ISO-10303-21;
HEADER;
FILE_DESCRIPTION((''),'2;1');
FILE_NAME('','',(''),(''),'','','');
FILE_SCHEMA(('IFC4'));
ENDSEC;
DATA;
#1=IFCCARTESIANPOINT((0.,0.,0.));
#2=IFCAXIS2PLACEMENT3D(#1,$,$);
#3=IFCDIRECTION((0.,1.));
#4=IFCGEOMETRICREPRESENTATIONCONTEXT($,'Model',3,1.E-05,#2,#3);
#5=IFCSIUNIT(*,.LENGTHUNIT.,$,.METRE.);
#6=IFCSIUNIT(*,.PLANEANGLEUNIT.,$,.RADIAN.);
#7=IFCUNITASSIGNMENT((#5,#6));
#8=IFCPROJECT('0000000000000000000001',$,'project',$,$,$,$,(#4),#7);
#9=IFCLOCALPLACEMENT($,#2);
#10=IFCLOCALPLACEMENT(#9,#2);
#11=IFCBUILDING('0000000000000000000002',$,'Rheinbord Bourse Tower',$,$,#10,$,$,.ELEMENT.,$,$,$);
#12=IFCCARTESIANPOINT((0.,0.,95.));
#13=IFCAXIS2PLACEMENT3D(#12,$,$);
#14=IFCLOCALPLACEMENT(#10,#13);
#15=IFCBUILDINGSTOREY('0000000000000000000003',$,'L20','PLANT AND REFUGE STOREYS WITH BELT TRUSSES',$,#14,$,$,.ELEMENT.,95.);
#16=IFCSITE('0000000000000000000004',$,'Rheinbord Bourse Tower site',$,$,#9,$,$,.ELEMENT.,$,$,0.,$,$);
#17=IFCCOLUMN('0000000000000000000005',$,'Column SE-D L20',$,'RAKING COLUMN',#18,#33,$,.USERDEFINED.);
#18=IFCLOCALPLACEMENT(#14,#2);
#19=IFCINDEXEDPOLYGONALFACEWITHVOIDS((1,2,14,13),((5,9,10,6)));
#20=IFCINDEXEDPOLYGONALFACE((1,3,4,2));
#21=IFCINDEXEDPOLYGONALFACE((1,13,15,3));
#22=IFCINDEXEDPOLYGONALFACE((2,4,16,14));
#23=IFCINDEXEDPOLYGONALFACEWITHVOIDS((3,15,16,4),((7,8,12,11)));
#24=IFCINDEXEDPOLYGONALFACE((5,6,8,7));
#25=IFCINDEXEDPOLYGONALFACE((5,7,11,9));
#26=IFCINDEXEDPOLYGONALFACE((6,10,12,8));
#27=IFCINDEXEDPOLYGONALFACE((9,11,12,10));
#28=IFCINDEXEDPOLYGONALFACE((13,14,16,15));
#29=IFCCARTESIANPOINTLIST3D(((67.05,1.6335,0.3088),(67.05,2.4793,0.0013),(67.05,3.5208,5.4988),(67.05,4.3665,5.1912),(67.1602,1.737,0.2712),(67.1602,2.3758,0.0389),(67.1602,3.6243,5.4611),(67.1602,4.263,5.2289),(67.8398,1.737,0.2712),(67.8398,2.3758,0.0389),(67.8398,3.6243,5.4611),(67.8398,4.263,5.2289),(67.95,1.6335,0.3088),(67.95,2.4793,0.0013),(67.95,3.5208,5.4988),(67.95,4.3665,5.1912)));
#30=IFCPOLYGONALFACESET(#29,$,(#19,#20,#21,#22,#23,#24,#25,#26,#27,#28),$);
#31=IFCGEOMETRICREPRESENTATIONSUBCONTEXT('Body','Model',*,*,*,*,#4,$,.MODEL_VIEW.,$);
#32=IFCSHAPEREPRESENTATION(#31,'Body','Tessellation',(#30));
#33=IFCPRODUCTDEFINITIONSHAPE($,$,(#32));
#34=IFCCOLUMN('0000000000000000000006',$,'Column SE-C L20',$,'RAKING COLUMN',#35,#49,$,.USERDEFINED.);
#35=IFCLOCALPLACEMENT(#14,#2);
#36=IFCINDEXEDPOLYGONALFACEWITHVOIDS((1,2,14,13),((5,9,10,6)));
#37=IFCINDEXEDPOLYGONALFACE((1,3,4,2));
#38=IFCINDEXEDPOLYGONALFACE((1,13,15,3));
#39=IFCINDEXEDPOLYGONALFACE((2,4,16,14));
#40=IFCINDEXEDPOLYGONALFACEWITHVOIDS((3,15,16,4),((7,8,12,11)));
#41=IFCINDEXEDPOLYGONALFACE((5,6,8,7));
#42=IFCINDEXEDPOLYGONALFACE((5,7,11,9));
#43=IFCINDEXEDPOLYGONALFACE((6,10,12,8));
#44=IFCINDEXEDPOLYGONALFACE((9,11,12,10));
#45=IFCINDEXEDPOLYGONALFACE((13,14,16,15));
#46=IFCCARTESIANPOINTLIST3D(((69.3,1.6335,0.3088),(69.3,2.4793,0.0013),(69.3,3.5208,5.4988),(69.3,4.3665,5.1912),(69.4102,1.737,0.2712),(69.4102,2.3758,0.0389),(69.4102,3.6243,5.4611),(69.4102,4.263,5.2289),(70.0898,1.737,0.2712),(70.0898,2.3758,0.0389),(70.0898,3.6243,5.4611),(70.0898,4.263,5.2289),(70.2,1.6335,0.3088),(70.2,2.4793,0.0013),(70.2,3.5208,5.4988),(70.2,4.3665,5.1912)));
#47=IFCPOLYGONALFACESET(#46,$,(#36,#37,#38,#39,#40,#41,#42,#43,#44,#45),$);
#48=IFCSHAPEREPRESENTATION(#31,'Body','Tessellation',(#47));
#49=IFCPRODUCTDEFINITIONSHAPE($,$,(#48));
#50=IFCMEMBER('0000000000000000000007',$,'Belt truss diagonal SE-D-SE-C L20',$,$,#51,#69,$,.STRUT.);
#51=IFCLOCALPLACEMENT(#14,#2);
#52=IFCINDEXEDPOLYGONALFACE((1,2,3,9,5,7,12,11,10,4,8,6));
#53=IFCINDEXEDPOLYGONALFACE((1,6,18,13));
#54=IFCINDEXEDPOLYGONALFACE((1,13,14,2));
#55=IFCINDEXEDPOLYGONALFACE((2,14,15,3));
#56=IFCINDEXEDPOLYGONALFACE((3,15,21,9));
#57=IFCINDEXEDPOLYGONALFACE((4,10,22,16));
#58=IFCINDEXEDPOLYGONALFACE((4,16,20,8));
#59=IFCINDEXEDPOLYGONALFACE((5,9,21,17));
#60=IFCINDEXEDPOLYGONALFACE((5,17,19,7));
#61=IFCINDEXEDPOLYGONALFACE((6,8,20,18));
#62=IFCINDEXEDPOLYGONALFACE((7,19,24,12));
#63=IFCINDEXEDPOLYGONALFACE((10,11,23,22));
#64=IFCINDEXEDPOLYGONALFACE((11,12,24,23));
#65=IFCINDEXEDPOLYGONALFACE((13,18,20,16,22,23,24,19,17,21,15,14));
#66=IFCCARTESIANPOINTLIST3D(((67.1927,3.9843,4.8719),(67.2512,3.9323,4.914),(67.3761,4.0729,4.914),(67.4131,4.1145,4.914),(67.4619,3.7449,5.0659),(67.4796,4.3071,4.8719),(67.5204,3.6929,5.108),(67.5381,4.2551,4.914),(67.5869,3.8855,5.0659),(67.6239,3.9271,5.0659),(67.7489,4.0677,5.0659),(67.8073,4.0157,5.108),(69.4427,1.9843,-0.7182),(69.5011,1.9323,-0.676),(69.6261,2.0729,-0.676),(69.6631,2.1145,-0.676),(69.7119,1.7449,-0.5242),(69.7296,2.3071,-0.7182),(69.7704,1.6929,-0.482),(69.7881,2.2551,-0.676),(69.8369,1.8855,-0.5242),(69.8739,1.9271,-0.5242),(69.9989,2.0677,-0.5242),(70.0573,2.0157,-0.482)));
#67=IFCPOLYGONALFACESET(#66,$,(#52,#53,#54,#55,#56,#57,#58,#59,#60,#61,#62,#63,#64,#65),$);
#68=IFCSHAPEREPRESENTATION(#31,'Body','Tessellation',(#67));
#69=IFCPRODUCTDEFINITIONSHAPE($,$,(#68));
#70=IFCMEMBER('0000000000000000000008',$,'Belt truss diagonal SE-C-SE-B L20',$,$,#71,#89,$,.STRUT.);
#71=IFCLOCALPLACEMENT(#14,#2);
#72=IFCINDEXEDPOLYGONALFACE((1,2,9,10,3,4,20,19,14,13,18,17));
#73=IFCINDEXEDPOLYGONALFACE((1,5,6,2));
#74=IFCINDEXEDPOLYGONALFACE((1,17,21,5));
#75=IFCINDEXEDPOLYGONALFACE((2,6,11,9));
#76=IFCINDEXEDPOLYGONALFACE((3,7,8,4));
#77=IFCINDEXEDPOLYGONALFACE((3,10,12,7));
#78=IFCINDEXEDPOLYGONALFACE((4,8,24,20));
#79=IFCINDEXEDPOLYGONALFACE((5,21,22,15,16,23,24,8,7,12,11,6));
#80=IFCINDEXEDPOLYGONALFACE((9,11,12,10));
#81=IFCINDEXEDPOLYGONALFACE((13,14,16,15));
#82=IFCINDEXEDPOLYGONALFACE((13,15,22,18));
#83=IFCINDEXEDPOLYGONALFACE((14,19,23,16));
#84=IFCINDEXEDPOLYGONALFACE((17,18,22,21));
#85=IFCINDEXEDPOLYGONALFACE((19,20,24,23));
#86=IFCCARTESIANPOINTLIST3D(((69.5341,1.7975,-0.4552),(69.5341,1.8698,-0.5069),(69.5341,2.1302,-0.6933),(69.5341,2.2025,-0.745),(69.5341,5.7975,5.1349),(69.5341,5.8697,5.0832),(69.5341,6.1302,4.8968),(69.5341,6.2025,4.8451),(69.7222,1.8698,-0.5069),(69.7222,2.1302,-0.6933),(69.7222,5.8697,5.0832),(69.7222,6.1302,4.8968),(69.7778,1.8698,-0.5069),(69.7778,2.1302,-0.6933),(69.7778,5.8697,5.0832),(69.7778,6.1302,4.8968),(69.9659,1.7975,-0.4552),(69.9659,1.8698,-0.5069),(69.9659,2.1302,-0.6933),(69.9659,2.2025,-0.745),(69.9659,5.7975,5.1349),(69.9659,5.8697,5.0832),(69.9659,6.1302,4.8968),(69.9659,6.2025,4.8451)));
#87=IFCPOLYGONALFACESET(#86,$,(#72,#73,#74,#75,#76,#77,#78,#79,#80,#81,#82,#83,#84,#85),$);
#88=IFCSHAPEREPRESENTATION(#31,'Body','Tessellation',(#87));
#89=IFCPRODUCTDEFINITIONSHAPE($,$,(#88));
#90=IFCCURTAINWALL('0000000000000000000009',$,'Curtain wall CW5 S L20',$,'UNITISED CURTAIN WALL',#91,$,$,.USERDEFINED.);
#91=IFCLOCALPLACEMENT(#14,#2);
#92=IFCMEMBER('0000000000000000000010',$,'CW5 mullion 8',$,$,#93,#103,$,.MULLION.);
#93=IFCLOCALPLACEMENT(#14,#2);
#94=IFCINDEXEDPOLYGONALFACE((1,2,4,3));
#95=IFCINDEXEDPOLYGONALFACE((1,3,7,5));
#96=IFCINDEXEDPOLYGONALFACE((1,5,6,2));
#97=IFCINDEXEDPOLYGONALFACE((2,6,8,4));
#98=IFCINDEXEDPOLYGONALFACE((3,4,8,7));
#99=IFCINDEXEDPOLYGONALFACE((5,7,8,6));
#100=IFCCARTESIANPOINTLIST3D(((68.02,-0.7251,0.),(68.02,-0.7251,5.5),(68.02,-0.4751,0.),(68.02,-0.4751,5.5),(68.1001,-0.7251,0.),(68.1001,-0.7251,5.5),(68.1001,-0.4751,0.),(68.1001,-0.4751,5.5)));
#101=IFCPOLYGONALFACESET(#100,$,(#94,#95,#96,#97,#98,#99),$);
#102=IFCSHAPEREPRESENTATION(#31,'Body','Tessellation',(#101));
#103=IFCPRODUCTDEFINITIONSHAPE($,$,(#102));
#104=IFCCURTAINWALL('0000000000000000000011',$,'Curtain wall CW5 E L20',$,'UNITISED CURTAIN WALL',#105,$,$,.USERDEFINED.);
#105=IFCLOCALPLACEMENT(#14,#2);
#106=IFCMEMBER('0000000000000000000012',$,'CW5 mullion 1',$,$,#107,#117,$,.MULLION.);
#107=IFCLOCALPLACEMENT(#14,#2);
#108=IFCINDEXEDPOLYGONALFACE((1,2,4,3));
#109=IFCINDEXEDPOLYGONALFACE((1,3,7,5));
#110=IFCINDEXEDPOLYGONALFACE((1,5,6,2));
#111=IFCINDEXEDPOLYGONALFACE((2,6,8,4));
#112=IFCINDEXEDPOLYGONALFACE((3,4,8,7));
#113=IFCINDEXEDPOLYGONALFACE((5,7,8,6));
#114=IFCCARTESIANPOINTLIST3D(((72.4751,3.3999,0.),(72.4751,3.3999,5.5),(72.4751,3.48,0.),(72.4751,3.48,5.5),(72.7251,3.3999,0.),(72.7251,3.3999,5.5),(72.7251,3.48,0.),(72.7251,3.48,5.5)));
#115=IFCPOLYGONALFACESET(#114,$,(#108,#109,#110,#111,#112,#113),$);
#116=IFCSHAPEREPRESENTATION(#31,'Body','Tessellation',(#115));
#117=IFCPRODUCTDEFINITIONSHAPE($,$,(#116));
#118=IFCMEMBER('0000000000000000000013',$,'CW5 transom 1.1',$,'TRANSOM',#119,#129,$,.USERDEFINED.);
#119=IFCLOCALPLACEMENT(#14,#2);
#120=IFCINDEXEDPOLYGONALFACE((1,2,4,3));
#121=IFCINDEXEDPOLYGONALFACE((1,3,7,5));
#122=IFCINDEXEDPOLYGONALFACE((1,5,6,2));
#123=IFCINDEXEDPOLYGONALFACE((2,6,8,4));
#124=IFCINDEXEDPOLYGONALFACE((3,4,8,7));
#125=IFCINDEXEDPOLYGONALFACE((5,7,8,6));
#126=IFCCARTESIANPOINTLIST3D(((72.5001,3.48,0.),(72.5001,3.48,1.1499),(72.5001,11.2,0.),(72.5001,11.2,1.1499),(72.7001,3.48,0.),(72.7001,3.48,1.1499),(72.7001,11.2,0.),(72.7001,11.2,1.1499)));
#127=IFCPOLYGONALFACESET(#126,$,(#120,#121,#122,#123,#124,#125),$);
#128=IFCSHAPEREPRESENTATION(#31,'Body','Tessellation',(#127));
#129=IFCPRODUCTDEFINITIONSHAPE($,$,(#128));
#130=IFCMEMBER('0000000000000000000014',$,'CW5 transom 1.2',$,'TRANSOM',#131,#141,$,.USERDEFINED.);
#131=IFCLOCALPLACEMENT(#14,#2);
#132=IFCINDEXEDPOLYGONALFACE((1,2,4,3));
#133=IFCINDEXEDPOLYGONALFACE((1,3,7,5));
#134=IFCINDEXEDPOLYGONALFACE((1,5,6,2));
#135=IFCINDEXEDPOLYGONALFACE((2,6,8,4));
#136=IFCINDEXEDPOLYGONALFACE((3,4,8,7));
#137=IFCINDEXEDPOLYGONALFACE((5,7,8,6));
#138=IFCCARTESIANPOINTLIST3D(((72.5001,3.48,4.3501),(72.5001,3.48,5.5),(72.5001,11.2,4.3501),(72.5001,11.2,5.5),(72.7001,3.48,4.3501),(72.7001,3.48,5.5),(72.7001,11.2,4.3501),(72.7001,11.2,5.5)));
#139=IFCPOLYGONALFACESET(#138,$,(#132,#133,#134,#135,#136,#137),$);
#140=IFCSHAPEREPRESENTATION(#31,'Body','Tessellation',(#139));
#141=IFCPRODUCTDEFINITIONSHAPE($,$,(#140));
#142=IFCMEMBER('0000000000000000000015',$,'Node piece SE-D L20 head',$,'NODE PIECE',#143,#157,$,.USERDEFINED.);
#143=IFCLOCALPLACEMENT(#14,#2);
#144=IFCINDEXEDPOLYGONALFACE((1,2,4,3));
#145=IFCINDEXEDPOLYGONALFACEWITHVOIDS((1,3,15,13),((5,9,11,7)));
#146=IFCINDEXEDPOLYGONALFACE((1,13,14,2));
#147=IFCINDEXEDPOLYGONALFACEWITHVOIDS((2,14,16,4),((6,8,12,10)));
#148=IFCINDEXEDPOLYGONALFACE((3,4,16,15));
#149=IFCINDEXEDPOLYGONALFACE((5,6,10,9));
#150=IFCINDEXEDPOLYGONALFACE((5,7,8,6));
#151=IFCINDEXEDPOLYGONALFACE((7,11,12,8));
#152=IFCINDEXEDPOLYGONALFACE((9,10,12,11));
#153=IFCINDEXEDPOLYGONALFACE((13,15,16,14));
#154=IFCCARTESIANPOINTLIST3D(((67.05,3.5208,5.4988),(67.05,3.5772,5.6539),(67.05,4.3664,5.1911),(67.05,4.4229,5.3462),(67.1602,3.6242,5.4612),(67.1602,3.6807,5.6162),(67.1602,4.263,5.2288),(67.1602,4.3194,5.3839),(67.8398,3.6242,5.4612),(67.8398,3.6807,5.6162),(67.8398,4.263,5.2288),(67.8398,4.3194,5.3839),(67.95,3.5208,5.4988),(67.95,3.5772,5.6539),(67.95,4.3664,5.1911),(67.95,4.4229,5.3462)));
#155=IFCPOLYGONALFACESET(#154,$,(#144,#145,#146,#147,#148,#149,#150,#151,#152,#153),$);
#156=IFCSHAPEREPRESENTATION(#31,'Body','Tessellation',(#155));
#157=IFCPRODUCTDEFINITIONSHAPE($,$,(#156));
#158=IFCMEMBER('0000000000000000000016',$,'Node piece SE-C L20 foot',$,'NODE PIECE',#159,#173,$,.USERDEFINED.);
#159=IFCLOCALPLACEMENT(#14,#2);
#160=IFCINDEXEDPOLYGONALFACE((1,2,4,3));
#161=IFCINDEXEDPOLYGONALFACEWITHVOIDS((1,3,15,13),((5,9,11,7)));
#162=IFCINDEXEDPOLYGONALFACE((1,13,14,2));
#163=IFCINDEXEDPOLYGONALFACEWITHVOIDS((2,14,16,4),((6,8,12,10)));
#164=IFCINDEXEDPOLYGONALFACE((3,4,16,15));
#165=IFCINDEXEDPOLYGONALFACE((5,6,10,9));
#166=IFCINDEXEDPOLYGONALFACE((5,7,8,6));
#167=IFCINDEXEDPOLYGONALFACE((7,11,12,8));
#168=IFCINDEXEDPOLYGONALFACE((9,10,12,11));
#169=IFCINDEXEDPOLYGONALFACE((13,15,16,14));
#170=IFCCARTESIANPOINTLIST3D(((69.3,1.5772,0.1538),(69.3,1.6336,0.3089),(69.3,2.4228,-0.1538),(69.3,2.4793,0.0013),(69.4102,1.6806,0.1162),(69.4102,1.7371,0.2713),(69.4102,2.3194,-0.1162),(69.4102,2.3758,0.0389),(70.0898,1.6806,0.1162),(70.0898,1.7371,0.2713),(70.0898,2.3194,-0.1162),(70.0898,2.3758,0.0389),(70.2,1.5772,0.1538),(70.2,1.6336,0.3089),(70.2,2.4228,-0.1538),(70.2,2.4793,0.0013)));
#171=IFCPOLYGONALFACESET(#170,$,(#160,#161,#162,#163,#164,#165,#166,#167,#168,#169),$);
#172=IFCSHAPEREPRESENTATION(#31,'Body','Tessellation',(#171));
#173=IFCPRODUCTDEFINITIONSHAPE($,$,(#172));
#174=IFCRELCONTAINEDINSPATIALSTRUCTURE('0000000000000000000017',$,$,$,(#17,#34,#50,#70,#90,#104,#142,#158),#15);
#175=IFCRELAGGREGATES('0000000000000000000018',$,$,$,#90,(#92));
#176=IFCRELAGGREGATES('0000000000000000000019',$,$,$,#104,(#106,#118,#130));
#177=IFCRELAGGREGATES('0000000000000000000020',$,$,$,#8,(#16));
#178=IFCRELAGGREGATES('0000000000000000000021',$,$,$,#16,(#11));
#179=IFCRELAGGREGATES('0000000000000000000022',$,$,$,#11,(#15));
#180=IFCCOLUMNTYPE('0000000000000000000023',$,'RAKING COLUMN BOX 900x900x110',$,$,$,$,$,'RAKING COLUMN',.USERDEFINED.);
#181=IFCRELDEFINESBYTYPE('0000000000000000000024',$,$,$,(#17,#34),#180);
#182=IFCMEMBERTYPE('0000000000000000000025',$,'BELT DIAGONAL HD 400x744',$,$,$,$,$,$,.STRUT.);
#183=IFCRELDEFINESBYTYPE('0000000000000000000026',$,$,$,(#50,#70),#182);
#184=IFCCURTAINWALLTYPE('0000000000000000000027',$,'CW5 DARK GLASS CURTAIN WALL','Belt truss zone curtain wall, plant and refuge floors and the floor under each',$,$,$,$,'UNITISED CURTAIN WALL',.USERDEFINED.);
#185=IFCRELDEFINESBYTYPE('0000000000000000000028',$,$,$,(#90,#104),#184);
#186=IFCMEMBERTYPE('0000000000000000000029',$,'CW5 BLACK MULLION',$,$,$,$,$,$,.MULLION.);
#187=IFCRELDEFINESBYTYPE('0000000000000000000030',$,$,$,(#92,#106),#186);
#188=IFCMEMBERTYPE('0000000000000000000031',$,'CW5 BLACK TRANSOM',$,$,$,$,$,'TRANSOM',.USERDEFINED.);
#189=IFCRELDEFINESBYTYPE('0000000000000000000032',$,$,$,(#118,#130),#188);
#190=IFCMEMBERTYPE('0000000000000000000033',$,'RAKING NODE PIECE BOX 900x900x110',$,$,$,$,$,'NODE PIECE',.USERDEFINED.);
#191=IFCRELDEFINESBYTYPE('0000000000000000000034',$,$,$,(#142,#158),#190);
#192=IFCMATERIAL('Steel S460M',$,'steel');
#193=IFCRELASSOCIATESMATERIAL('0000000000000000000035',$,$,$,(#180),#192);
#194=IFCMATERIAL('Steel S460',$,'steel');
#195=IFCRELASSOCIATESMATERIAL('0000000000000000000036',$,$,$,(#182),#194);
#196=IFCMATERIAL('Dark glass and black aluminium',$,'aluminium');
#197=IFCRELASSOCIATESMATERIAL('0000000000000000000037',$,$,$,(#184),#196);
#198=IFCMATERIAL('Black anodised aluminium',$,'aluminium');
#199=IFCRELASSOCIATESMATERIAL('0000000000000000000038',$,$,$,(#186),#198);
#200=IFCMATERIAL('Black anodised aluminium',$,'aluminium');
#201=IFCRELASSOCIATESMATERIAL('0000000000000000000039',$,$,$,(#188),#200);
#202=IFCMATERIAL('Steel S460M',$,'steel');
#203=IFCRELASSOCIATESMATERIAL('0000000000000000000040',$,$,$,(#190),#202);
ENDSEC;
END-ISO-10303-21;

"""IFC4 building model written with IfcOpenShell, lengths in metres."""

from ifc_helpers import new_model, si_unit, direction, frame, origin, origin_2d, place, context, subcontext, project, spatial, rectangle, hollow_rectangle, i_section, extrude, material, material_profile, profile_set, type_object, element, aggregate, save


model = new_model("IFC4")

# Units and contexts
model_context = context("Model", 3, precision=1e-05, world=origin(), true_north=direction((0.0, 1.0)))
body_context = subcontext(model_context, "Body", "Model", "MODEL_VIEW")
ifc_project = project(units=[si_unit("LENGTHUNIT", "METRE"), si_unit("PLANEANGLEUNIT", "RADIAN")], contexts=[model_context])

# Site, building, storey
site_placement = place(None, origin())
site = spatial("IfcSite", under=ifc_project, at=site_placement, Name="Rheinbord Bourse Tower site", CompositionType="ELEMENT", RefElevation=0.0)
building_placement = place(site_placement, origin())
building = spatial("IfcBuilding", under=site, at=building_placement, Name="Rheinbord Bourse Tower", CompositionType="ELEMENT")
storey_placement = place(building_placement, frame((0.0, 0.0, 95.0)))
storey = spatial("IfcBuildingStorey", under=building, at=storey_placement, Name="L20", Description="PLANT AND REFUGE STOREYS WITH BELT TRUSSES", CompositionType="ELEMENT", Elevation=95.0)

# Columns
ifc_material_1 = material(Name="Steel S460M", Category="steel")
ifc_material_profile_1 = material_profile(ifc_material_1, hollow_rectangle(XDim=0.8999, YDim=0.8999, WallThickness=0.1101, at=origin_2d()), Name="BOX 900x900x110")
ifc_profile_set_1 = profile_set([ifc_material_profile_1], Name="Steel S460M")
column_type = type_object("IfcColumnType", Name="RAKING COLUMN BOX 900x900x110", ElementType="RAKING COLUMN", PredefinedType="USERDEFINED", material=ifc_profile_set_1)
for number, where, z_axis, x_axis, name in (
    (1, (67.5, 2.0564, 0.155), (0.0, 0.341743, 0.939793), (0.0, -0.939793, 0.341743), "Column SE-D L20"),
    (2, (69.75, 2.0564, 0.155), (0.0, 0.341743, 0.939793), (-1.0, 0.0, 0.0), "Column SE-C L20"),
):
    element("IfcColumn", number, at=place(storey_placement, frame(where, z_axis=z_axis, x_axis=x_axis)), inside=storey, type_object=column_type, Name=name, ObjectType="RAKING COLUMN", PredefinedType="USERDEFINED", context=body_context, shape_type="SweptSolid", body=[
        extrude(hollow_rectangle(XDim=0.8999, YDim=0.8999, WallThickness=0.1101, at=origin_2d()), origin(), (0.0, 0.0, 1.0), 5.5225),
    ])

# Members
ifc_material_2 = material(Name="Steel S460", Category="steel")
ifc_material_profile_2 = material_profile(ifc_material_2, i_section(OverallWidth=0.4319, OverallDepth=0.498, WebThickness=0.0557, FlangeThickness=0.0889, at=origin_2d()), Name="HD 400x744")
ifc_profile_set_2 = profile_set([ifc_material_profile_2], Name="Steel S460")
member_type_1 = type_object("IfcMemberType", Name="BELT DIAGONAL HD 400x744", PredefinedType="STRUT", material=ifc_profile_set_2)
member_1_placement = place(storey_placement, frame((69.75, 2.0, -0.6001), z_axis=(-0.354379, 0.315003, 0.880448), x_axis=(-0.664364, -0.747409, 0.0)))
element("IfcMember", 3, at=member_1_placement, inside=storey, type_object=member_type_1, Name="Belt truss diagonal SE-D-SE-C L20", PredefinedType="STRUT", context=body_context, shape_type="SweptSolid", body=[
    extrude(i_section(OverallWidth=0.4319, OverallDepth=0.498, WebThickness=0.0557, FlangeThickness=0.0889, at=origin_2d()), origin(), (0.0, 0.0, 1.0), 6.3491),
])
member_2_placement = place(storey_placement, frame((69.75, 2.0, -0.6001), z_axis=(0.0, 0.58192, 0.813246), x_axis=(-1.0, 0.0, 0.0)))
element("IfcMember", 4, at=member_2_placement, inside=storey, type_object=member_type_1, Name="Belt truss diagonal SE-C-SE-B L20", PredefinedType="STRUT", context=body_context, shape_type="SweptSolid", body=[
    extrude(i_section(OverallWidth=0.4319, OverallDepth=0.498, WebThickness=0.0557, FlangeThickness=0.0889, at=origin_2d()), origin(), (0.0, 0.0, 1.0), 6.8738),
])

# Curtain wall, member
ifc_material_3 = material(Name="Dark glass and black aluminium", Category="aluminium")
curtain_wall_type = type_object("IfcCurtainWallType", Name="CW5 DARK GLASS CURTAIN WALL", Description="Belt truss zone curtain wall, plant and refuge floors and the floor under each", ElementType="UNITISED CURTAIN WALL", PredefinedType="USERDEFINED", material=ifc_material_3)
curtain_wall_1_placement = place(storey_placement, origin())
curtain_wall_1 = element("IfcCurtainWall", 5, at=curtain_wall_1_placement, inside=storey, type_object=curtain_wall_type, Name="Curtain wall CW5 S L20", ObjectType="UNITISED CURTAIN WALL", PredefinedType="USERDEFINED")
ifc_material_4 = material(Name="Black anodised aluminium", Category="aluminium")
ifc_material_profile_3 = material_profile(ifc_material_4, rectangle(XDim=0.25, YDim=0.0801, at=origin_2d()), Name="CW5 MULLION 80x250")
ifc_profile_set_3 = profile_set([ifc_material_profile_3], Name="Black anodised aluminium")
member_type_2 = type_object("IfcMemberType", Name="CW5 BLACK MULLION", PredefinedType="MULLION", material=ifc_profile_set_3)
member_3_placement = place(storey_placement, frame((68.0601, -0.6001, 0.0), z_axis=(0.0, 0.0, 1.0), x_axis=(0.0, 1.0, 0.0)))
member_3 = element("IfcMember", 6, at=member_3_placement, type_object=member_type_2, Name="CW5 mullion 8", PredefinedType="MULLION", context=body_context, shape_type="SweptSolid", body=[
    extrude(rectangle(XDim=0.25, YDim=0.0801, at=origin_2d()), origin(), (0.0, 0.0, 1.0), 5.5),
])

# Curtain wall, members
curtain_wall_2_placement = place(storey_placement, origin())
curtain_wall_2 = element("IfcCurtainWall", 7, at=curtain_wall_2_placement, inside=storey, type_object=curtain_wall_type, Name="Curtain wall CW5 E L20", ObjectType="UNITISED CURTAIN WALL", PredefinedType="USERDEFINED")
member_4_placement = place(storey_placement, frame((72.6001, 3.4399, 0.0), z_axis=(0.0, 0.0, 1.0), x_axis=(-1.0, 0.0, 0.0)))
member_4 = element("IfcMember", 8, at=member_4_placement, type_object=member_type_2, Name="CW5 mullion 1", PredefinedType="MULLION", context=body_context, shape_type="SweptSolid", body=[
    extrude(rectangle(XDim=0.25, YDim=0.0801, at=origin_2d()), origin(), (0.0, 0.0, 1.0), 5.5),
])
ifc_material_5 = material(Name="Black anodised aluminium", Category="aluminium")
ifc_material_profile_4 = material_profile(ifc_material_5, rectangle(XDim=0.2, YDim=1.1499, at=origin_2d()), Name="CW5 TRANSOM 1150x200")
ifc_profile_set_4 = profile_set([ifc_material_profile_4], Name="Black anodised aluminium")
member_type_3 = type_object("IfcMemberType", Name="CW5 BLACK TRANSOM", ElementType="TRANSOM", PredefinedType="USERDEFINED", material=ifc_profile_set_4)
member_5_placement = place(storey_placement, frame((72.6001, 3.48, 0.575), z_axis=(0.0, 1.0, 0.0), x_axis=(-1.0, 0.0, 0.0)))
member_5 = element("IfcMember", 9, at=member_5_placement, type_object=member_type_3, Name="CW5 transom 1.1", ObjectType="TRANSOM", PredefinedType="USERDEFINED", context=body_context, shape_type="SweptSolid", body=[
    extrude(rectangle(XDim=0.2, YDim=1.1499, at=origin_2d()), origin(), (0.0, 0.0, 1.0), 7.72),
])
member_6_placement = place(storey_placement, frame((72.6001, 3.48, 4.925), z_axis=(0.0, 1.0, 0.0), x_axis=(-1.0, 0.0, 0.0)))
member_6 = element("IfcMember", 10, at=member_6_placement, type_object=member_type_3, Name="CW5 transom 1.2", ObjectType="TRANSOM", PredefinedType="USERDEFINED", context=body_context, shape_type="SweptSolid", body=[
    extrude(rectangle(XDim=0.2, YDim=1.1499, at=origin_2d()), origin(), (0.0, 0.0, 1.0), 7.72),
])

# Members
ifc_material_6 = material(Name="Steel S460M", Category="steel")
ifc_material_profile_5 = material_profile(ifc_material_6, hollow_rectangle(XDim=0.8999, YDim=0.8999, WallThickness=0.1101, at=origin_2d()), Name="BOX 900x900x110")
ifc_profile_set_5 = profile_set([ifc_material_profile_5], Name="Steel S460M")
member_type_4 = type_object("IfcMemberType", Name="RAKING NODE PIECE BOX 900x900x110", ElementType="NODE PIECE", PredefinedType="USERDEFINED", material=ifc_profile_set_5)
for number, where, z_axis, x_axis, name in (
    (11, (67.5, 3.9436, 5.345), (0.0, 0.341862, 0.93975), (0.0, -0.93975, 0.341862), "Node piece SE-D L20 head"),
    (12, (69.75, 2.0, 0.0), (0.0, 0.341862, 0.93975), (-1.0, 0.0, 0.0), "Node piece SE-C L20 foot"),
):
    element("IfcMember", number, at=place(storey_placement, frame(where, z_axis=z_axis, x_axis=x_axis)), inside=storey, type_object=member_type_4, Name=name, ObjectType="NODE PIECE", PredefinedType="USERDEFINED", context=body_context, shape_type="SweptSolid", body=[
        extrude(hollow_rectangle(XDim=0.8999, YDim=0.8999, WallThickness=0.1101, at=origin_2d()), origin(), (0.0, 0.0, 1.0), 0.165),
    ])

aggregate(curtain_wall_1, [member_3])
aggregate(curtain_wall_2, [member_4, member_5, member_6])

save(model, "model.ifc")
